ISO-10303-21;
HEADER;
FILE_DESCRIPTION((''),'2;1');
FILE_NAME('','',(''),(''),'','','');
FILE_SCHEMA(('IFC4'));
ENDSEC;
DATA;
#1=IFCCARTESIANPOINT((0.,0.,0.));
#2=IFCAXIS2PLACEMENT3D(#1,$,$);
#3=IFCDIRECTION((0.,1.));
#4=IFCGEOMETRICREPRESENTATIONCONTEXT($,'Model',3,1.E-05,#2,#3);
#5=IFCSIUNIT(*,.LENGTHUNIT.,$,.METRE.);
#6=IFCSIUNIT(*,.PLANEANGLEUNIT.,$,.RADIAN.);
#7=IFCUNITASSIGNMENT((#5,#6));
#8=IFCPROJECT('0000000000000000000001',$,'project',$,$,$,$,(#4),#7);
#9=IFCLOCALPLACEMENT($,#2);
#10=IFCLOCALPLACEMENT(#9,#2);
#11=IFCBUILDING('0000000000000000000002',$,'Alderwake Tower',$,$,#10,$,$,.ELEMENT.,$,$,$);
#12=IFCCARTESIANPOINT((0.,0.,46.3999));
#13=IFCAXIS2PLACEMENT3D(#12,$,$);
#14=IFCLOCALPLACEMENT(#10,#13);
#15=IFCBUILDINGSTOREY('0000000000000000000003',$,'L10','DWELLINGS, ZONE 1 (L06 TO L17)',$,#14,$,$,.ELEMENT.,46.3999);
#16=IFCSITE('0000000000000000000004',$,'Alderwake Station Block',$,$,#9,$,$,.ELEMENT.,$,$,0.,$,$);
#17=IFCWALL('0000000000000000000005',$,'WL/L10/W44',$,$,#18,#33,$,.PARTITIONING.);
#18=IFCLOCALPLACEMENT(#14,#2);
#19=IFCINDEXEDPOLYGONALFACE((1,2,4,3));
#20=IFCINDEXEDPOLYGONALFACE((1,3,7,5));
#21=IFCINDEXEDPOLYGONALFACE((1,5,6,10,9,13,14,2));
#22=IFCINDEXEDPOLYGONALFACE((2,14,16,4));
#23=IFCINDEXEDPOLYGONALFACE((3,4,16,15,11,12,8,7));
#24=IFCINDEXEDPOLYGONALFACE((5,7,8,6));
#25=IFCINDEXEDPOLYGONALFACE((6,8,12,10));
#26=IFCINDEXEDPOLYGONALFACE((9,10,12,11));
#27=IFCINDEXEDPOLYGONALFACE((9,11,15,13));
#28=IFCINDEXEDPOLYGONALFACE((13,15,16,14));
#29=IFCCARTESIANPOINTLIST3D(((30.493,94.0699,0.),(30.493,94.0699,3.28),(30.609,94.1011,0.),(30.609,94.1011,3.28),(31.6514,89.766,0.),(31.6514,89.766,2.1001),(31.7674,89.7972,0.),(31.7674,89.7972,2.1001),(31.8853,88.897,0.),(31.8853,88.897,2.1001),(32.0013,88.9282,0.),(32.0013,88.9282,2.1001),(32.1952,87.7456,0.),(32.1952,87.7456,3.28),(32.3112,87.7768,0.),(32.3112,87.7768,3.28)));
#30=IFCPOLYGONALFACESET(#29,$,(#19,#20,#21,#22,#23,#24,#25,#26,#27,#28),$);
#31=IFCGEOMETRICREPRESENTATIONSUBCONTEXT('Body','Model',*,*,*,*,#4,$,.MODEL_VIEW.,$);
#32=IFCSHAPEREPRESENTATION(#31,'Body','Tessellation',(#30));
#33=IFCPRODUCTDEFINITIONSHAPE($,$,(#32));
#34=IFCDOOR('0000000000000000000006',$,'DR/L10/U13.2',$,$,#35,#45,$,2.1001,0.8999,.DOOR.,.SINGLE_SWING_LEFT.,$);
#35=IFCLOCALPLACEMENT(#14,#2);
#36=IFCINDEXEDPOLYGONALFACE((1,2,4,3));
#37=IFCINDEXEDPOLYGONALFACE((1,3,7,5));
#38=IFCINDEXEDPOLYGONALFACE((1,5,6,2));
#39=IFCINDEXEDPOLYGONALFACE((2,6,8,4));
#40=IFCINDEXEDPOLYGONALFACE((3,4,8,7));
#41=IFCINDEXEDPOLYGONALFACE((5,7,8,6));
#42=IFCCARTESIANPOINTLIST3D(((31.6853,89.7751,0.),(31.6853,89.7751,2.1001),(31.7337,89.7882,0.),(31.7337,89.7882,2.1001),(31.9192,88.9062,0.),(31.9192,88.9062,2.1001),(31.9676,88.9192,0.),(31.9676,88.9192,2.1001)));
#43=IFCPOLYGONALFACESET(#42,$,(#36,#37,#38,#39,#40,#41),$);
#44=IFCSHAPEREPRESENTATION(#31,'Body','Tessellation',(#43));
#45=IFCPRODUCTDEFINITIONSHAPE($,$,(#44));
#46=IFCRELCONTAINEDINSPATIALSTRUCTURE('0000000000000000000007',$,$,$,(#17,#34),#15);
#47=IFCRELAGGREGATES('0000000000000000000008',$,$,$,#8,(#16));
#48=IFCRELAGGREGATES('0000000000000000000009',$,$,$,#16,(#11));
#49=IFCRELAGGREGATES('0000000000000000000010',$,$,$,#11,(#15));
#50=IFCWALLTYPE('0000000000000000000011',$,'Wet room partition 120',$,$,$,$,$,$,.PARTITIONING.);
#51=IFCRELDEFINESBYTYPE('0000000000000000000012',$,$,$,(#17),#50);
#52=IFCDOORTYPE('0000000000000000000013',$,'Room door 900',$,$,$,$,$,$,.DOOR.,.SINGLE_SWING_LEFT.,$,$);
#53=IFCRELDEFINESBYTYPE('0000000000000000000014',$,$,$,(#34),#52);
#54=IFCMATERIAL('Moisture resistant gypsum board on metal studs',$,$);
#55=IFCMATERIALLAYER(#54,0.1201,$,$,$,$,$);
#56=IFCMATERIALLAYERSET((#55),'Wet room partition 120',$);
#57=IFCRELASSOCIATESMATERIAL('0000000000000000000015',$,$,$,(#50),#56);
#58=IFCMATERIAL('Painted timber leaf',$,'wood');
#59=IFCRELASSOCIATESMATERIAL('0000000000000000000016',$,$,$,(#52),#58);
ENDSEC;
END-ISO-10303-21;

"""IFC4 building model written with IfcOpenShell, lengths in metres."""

from ifc_helpers import new_model, si_unit, direction, frame, frame_2d, origin, place, context, subcontext, project, spatial, rectangle, extrude, material, layer, layer_set, type_object, element, fill, save


model = new_model("IFC4")

# Units and contexts
model_context = context("Model", 3, precision=1e-05, world=origin(), true_north=direction((0.0, 1.0)))
body_context = subcontext(model_context, "Body", "Model", "MODEL_VIEW")
ifc_project = project(units=[si_unit("LENGTHUNIT", "METRE"), si_unit("PLANEANGLEUNIT", "RADIAN")], contexts=[model_context])

# Site, building, storey
site_placement = place(None, origin())
site = spatial("IfcSite", under=ifc_project, at=site_placement, Name="Alderwake Station Block", CompositionType="ELEMENT", RefElevation=0.0)
building_placement = place(site_placement, origin())
building = spatial("IfcBuilding", under=site, at=building_placement, Name="Alderwake Tower", CompositionType="ELEMENT")
storey_placement = place(building_placement, frame((0.0, 0.0, 46.3999)))
storey = spatial("IfcBuildingStorey", under=building, at=storey_placement, Name="L10", Description="DWELLINGS, ZONE 1 (L06 TO L17)", CompositionType="ELEMENT", Elevation=46.3999)

# Wall, opening, door
ifc_material_1 = material(Name="Moisture resistant gypsum board on metal studs")
ifc_layer_1 = layer(ifc_material_1, 0.1201)
ifc_layer_set_1 = layer_set([ifc_layer_1], Name="Wet room partition 120")
wall_type_1 = type_object("IfcWallType", Name="Wet room partition 120", PredefinedType="PARTITIONING", material=ifc_layer_set_1)
wall_1_placement = place(storey_placement, frame((32.2532, 87.7612, 0.0), z_axis=(0.0, 0.0, 1.0), x_axis=(-0.259899, 0.965636, 0.0)))
wall_1 = element("IfcWall", 1, at=wall_1_placement, inside=storey, type_object=wall_type_1, Name="WL/L10/W44", PredefinedType="PARTITIONING", context=body_context, shape_type="SweptSolid", body=[
    extrude(rectangle(XDim=6.5493, YDim=0.1201, at=frame_2d((3.2747, 0.0))), origin(), (0.0, 0.0, 1.0), 3.28),
])
opening_1_placement = place(wall_1_placement, frame((1.1924, 0.0, 0.0)))
opening_1 = element("IfcOpeningElement", 2, at=opening_1_placement, cuts=wall_1, PredefinedType="OPENING", context=body_context, shape_type="SweptSolid", body=[
    extrude(rectangle(XDim=0.8999, YDim=2.1001, at=frame_2d((0.45, 1.05))), frame((0.0, 0.0701, 0.0), z_axis=(0.0, -1.0, 0.0), x_axis=(1.0, 0.0, 0.0)), (0.0, 0.0, 1.0), 0.1401),
])
ifc_material_2 = material(Name="Painted timber leaf", Category="wood")
door_type_1 = type_object("IfcDoorType", Name="Room door 900", OperationType="SINGLE_SWING_LEFT", PredefinedType="DOOR", material=ifc_material_2)
door_1_placement = place(opening_1_placement, origin())
door_1 = element("IfcDoor", 3, at=door_1_placement, inside=storey, type_object=door_type_1, Name="DR/L10/U13.2", OperationType="SINGLE_SWING_LEFT", OverallHeight=2.1001, OverallWidth=0.8999, PredefinedType="DOOR", context=body_context, shape_type="SweptSolid", body=[
    extrude(rectangle(XDim=0.8999, YDim=2.1001, at=frame_2d((0.45, 1.05))), frame((0.0, 0.0249, 0.0), z_axis=(0.0, -1.0, 0.0), x_axis=(1.0, 0.0, 0.0)), (0.0, 0.0, 1.0), 0.05),
])
fill(opening_1, door_1)

save(model, "model.ifc")
